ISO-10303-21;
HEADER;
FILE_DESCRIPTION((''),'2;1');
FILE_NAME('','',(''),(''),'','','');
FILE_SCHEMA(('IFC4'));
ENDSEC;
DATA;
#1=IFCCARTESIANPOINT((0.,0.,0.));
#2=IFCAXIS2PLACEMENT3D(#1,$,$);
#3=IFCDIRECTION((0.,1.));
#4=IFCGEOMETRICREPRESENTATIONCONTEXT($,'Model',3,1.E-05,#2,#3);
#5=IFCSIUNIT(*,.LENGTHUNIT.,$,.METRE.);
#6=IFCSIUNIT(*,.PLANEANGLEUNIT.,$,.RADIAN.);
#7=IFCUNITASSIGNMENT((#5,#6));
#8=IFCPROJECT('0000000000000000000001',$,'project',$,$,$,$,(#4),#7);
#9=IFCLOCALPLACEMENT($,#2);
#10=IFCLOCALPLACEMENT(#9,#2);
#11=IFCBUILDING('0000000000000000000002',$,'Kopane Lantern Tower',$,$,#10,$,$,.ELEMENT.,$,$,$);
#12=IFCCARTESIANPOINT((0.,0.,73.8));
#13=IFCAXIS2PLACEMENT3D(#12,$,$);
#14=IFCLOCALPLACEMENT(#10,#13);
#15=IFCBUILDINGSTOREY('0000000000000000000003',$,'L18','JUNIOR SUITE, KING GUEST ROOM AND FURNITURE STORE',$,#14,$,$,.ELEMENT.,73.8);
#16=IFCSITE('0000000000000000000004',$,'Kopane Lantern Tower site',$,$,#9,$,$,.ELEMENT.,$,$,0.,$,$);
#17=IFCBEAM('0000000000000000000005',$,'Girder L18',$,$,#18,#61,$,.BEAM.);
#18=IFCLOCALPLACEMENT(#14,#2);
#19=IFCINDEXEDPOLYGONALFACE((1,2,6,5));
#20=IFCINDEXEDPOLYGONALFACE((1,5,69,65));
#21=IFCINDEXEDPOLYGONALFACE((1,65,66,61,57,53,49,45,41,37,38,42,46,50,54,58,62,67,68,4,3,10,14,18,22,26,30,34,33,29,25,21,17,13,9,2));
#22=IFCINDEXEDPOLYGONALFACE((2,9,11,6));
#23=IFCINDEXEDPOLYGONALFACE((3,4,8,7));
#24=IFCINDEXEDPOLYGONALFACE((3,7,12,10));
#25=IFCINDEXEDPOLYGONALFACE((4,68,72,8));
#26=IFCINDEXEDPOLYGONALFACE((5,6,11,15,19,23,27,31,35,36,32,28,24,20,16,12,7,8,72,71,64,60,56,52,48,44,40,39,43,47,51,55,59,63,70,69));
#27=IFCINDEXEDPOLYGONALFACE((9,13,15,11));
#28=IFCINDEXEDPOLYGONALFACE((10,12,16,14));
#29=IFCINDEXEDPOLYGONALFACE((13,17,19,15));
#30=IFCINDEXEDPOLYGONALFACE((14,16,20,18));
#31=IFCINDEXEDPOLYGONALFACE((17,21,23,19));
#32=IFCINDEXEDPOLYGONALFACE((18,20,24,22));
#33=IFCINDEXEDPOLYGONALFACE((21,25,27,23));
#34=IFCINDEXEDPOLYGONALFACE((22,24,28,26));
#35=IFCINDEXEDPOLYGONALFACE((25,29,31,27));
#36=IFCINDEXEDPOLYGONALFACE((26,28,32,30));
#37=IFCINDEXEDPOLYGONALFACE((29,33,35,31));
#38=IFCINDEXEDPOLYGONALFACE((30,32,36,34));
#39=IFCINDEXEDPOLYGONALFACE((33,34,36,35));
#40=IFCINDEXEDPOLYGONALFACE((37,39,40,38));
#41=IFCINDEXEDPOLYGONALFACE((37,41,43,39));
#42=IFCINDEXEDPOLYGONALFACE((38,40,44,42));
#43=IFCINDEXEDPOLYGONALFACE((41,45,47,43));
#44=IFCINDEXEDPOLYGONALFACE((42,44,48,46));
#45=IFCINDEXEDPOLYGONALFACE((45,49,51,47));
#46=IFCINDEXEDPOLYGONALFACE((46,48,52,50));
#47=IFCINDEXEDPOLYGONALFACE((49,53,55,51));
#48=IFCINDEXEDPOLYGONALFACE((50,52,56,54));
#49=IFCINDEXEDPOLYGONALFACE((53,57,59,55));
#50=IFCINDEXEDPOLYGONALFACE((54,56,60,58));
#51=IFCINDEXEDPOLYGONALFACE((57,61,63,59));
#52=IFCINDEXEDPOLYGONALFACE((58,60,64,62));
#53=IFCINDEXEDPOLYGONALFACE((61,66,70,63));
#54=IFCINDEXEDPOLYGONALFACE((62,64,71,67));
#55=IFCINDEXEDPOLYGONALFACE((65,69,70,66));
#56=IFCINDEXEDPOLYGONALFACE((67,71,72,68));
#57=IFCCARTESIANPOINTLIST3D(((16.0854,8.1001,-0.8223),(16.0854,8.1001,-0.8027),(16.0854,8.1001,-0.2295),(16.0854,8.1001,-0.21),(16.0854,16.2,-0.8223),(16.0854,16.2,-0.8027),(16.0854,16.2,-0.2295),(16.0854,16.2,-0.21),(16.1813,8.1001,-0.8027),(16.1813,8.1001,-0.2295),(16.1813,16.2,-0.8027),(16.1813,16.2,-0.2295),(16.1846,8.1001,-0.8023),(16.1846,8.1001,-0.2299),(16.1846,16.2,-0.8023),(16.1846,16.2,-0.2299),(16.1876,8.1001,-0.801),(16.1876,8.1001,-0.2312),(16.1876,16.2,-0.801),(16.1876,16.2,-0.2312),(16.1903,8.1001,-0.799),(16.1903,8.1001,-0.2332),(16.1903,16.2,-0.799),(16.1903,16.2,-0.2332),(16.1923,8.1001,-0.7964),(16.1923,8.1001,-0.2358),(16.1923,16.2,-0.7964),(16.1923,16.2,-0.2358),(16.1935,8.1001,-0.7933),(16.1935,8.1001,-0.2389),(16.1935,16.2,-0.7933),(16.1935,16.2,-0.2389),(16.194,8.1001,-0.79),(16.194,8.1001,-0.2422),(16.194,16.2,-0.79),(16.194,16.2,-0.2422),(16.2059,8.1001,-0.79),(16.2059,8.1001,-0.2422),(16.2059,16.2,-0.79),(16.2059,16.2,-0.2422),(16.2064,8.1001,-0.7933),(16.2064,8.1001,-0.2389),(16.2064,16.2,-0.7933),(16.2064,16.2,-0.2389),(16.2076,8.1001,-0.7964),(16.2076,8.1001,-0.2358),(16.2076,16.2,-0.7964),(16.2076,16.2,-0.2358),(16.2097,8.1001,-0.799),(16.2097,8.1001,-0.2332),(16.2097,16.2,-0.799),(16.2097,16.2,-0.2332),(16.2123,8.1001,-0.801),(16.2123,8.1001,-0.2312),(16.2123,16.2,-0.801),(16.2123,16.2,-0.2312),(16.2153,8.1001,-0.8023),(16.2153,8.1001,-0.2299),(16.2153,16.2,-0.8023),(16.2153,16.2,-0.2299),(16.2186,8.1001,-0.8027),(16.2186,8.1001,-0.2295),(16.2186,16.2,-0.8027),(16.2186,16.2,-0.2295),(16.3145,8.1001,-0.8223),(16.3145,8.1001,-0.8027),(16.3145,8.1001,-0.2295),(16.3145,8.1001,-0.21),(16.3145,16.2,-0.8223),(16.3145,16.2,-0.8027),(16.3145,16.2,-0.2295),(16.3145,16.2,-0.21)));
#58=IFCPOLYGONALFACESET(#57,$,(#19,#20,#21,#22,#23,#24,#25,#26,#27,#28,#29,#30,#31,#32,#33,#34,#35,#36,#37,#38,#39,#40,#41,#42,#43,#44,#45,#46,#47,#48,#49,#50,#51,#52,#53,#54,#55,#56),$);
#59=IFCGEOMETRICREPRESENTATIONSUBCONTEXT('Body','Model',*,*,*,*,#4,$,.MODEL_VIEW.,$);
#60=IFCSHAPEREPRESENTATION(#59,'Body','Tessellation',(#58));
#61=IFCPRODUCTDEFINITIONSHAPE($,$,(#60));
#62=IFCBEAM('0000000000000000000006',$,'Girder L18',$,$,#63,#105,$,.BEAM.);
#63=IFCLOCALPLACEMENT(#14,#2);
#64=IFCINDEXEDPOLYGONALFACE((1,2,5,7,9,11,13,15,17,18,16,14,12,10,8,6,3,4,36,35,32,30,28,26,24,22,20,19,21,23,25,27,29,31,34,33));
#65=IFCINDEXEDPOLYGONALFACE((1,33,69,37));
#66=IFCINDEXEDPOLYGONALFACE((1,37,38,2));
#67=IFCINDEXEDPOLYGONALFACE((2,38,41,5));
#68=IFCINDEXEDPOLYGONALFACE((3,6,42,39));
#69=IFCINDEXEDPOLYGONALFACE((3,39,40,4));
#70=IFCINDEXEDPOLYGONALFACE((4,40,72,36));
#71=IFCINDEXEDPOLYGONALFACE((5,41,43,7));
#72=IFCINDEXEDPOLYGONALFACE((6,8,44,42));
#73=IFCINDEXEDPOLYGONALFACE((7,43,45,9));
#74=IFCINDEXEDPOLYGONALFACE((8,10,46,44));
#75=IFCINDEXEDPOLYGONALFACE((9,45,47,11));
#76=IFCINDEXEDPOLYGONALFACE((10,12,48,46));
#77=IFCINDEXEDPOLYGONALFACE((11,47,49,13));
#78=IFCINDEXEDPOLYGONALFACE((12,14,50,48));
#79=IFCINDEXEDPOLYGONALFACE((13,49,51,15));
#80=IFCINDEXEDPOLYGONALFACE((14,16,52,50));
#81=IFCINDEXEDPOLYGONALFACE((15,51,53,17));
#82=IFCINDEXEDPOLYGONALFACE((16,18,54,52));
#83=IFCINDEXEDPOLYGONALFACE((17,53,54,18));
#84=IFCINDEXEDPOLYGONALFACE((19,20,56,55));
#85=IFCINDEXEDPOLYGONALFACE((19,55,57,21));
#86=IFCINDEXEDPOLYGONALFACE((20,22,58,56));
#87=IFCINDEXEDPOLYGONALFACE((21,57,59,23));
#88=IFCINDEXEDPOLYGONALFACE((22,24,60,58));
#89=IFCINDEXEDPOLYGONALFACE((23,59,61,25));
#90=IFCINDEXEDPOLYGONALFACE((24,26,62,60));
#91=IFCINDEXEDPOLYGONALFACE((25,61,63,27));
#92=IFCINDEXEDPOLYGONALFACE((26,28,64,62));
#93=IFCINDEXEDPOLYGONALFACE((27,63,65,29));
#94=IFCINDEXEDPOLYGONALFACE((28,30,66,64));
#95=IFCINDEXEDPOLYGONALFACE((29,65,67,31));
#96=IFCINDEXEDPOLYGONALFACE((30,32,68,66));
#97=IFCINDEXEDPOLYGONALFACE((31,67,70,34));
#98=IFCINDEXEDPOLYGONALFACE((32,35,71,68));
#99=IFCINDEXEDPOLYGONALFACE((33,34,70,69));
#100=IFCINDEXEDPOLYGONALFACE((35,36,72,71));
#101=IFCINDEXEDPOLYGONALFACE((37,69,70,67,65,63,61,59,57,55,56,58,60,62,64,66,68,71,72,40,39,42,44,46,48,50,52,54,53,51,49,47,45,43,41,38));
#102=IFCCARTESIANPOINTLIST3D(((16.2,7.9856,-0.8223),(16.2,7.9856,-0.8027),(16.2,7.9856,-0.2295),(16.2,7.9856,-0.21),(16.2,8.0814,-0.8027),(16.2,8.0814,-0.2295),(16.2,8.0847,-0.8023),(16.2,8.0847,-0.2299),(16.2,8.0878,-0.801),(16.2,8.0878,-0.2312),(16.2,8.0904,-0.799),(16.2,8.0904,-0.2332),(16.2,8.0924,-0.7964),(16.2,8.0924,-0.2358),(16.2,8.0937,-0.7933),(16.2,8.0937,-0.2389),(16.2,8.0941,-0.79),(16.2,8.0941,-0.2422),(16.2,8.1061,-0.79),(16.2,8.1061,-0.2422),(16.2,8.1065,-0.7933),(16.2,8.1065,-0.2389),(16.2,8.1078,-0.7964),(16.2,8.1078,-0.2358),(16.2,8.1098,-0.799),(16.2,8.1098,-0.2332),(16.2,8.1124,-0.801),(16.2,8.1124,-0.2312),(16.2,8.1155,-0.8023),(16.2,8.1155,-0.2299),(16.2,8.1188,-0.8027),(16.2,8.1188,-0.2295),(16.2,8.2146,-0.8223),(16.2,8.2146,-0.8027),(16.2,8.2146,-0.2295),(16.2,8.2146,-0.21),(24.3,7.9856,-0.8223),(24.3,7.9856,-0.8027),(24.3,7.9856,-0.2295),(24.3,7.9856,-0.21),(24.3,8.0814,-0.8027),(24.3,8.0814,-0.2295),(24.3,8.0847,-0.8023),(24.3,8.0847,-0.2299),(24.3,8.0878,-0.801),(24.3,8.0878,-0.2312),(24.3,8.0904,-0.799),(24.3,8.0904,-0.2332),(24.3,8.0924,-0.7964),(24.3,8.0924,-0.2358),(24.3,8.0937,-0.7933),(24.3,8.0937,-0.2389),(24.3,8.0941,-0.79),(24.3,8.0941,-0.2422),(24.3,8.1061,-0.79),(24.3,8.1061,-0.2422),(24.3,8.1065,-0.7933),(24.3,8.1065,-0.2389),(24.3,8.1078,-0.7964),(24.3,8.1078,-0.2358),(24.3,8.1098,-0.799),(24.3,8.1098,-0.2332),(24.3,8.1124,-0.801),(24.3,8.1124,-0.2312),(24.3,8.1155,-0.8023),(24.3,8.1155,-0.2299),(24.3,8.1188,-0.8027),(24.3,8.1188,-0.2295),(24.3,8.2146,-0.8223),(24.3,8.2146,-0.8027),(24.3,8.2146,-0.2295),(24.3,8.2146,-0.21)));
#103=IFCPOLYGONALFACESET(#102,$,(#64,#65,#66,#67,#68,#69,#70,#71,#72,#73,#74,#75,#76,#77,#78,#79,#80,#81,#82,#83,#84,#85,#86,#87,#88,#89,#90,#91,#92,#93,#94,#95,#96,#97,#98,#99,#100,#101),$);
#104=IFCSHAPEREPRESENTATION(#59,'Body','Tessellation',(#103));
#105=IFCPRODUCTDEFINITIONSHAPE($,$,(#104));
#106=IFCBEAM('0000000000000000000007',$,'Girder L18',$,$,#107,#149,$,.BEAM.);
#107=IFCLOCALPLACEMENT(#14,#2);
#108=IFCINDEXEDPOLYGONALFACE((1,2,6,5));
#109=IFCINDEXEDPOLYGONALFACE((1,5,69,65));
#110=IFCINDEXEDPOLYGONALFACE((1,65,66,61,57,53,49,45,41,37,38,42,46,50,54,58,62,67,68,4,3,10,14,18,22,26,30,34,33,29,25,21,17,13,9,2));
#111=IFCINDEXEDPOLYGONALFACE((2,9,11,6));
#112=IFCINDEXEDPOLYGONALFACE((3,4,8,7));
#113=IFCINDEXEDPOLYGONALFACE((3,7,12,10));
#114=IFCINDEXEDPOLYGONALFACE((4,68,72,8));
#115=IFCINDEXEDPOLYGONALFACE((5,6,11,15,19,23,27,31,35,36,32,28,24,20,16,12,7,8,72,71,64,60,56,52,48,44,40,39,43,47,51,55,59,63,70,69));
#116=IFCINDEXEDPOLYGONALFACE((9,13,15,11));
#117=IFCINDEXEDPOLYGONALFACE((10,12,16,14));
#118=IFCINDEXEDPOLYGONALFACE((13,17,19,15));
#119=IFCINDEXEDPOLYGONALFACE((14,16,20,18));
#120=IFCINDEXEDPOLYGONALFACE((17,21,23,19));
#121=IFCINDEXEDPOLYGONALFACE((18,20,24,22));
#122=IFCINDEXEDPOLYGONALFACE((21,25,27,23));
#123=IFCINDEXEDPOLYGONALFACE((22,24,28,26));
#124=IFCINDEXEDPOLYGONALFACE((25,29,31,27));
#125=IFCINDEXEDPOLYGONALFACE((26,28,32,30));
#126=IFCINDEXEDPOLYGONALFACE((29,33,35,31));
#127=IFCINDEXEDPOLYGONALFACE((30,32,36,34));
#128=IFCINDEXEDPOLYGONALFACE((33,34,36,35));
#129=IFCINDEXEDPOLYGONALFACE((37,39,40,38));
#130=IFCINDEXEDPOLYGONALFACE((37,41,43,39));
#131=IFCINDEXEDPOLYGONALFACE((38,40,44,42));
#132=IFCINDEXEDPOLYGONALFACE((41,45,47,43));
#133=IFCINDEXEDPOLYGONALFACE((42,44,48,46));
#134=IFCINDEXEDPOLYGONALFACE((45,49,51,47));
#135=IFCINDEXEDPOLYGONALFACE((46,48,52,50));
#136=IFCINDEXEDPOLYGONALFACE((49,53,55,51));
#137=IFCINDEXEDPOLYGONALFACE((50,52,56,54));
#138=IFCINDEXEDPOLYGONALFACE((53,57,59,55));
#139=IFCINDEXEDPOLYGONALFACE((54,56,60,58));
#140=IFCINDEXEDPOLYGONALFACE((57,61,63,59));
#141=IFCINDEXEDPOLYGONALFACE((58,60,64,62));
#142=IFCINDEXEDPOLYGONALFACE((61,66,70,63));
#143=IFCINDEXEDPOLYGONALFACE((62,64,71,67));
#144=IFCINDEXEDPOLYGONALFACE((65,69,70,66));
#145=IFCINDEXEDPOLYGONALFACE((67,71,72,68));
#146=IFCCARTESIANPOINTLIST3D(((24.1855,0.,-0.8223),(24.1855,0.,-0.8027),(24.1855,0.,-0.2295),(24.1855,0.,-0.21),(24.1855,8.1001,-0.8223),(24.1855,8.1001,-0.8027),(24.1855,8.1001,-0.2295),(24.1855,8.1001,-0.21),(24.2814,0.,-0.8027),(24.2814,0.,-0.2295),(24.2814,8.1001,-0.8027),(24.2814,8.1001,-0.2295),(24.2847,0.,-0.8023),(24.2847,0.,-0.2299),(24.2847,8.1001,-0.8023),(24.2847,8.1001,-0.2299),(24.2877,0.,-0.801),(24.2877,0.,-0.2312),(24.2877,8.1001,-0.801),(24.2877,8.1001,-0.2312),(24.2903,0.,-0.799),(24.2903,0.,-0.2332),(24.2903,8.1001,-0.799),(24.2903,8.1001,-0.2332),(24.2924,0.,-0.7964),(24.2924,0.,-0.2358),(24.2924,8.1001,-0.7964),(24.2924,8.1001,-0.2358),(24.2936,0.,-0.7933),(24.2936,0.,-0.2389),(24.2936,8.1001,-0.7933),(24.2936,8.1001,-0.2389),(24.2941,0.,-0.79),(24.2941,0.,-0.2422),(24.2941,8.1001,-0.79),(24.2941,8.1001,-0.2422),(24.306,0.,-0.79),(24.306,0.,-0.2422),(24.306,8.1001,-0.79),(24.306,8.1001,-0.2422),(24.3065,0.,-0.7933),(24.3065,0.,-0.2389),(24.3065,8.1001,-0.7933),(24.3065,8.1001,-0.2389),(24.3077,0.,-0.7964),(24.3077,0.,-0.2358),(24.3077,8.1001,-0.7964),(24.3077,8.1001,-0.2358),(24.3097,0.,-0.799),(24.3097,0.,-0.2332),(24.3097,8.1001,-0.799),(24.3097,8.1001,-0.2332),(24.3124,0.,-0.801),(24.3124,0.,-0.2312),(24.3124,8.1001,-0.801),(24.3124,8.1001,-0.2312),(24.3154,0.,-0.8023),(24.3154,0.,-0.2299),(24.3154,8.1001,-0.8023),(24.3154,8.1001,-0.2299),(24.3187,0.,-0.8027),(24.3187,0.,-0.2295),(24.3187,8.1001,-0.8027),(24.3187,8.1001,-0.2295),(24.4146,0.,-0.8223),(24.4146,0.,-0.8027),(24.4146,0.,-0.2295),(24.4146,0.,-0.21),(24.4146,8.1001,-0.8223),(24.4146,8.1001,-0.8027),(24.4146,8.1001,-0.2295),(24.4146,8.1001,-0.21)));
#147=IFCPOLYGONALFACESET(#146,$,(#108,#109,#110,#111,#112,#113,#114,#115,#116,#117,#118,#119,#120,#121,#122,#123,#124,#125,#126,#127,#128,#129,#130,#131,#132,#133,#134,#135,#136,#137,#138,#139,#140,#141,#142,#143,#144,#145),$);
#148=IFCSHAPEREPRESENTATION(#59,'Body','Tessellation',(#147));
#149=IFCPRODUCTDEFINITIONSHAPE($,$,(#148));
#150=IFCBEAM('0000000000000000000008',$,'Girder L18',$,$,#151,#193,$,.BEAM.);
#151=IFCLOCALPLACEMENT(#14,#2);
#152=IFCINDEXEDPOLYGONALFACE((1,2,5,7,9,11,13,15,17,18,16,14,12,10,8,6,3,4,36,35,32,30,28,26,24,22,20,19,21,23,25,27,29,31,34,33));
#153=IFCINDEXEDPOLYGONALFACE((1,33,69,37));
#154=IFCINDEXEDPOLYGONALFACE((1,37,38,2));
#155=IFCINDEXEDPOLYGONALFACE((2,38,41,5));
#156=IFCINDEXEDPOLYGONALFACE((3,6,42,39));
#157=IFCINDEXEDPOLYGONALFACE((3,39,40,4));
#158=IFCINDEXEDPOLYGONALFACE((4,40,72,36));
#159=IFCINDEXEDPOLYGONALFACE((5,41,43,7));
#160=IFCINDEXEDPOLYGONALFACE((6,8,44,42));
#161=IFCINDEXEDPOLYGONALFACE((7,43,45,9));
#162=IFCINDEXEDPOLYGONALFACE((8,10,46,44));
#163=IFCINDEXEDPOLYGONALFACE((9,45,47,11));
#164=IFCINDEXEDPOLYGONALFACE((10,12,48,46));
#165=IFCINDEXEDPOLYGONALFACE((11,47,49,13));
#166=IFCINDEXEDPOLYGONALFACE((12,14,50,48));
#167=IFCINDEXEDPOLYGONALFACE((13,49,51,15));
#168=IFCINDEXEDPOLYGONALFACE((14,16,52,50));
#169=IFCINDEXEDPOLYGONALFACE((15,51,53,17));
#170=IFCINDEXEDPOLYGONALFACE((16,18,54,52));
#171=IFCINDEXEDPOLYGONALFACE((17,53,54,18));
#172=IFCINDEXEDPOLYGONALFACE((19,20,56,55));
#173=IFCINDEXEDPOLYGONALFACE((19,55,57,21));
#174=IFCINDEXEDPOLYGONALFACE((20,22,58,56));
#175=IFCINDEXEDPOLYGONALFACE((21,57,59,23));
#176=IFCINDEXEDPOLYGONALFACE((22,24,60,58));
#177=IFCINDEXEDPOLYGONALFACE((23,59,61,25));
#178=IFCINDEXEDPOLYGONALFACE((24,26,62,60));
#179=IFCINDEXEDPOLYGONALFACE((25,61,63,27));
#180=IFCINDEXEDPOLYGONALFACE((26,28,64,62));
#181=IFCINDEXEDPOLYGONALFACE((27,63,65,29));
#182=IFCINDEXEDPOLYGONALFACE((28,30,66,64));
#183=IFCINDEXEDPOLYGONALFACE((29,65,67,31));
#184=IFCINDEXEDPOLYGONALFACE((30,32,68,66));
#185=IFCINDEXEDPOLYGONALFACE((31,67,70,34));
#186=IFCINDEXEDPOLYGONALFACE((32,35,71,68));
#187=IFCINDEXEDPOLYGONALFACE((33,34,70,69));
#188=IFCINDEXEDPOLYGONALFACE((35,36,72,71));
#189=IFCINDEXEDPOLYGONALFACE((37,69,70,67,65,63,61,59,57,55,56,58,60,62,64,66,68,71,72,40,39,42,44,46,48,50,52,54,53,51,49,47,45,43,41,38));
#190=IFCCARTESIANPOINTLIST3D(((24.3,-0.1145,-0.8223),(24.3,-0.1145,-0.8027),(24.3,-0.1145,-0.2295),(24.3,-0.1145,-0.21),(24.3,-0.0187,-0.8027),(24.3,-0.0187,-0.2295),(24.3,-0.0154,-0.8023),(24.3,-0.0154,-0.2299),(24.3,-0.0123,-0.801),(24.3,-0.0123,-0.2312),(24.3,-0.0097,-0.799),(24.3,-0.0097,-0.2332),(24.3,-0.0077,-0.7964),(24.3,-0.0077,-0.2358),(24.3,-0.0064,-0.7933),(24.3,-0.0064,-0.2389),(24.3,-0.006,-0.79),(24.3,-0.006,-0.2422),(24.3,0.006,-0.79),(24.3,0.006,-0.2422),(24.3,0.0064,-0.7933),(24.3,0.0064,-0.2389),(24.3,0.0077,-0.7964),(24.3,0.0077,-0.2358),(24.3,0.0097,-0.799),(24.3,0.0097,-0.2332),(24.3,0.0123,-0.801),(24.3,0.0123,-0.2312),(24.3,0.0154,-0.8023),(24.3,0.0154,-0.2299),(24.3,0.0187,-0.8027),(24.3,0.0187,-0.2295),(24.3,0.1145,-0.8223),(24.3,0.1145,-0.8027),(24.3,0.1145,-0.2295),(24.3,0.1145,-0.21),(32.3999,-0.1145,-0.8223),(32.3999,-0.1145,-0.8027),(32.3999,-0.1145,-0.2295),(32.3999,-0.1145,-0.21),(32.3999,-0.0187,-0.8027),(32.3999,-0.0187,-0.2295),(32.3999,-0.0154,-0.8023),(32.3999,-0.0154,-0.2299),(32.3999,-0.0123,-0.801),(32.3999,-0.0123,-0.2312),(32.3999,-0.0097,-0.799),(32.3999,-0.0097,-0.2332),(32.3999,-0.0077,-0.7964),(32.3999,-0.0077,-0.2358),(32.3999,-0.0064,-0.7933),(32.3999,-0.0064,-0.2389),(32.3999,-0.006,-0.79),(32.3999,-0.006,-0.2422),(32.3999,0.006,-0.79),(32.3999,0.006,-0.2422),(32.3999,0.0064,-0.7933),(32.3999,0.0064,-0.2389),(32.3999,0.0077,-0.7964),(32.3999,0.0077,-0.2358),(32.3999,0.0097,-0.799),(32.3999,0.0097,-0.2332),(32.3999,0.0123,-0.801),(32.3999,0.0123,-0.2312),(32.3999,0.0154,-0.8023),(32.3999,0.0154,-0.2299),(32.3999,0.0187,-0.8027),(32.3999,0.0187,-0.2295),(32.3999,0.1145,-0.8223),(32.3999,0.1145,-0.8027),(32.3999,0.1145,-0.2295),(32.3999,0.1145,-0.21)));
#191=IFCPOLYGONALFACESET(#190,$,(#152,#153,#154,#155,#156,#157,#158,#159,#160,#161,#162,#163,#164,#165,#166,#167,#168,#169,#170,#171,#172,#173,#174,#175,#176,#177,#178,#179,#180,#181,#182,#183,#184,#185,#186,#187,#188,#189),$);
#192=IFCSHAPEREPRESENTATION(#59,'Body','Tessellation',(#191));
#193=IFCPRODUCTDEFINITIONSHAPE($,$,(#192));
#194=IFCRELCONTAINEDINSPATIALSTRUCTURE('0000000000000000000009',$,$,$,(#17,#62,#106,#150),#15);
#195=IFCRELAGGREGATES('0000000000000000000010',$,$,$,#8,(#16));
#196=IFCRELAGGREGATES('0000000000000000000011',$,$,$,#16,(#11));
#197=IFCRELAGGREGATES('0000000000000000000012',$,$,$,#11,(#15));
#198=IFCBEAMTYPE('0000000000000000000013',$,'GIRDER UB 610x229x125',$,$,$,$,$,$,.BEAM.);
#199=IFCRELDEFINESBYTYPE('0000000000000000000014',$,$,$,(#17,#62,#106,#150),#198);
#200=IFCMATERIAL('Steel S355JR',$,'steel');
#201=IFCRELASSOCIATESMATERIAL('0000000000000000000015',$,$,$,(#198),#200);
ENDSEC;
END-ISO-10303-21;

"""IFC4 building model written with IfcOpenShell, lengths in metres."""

from ifc_helpers import new_model, si_unit, direction, frame, origin, origin_2d, place, context, subcontext, project, spatial, i_section, extrude, material, material_profile, profile_set, type_object, element, save


model = new_model("IFC4")

# Units and contexts
model_context = context("Model", 3, precision=1e-05, world=origin(), true_north=direction((0.0, 1.0)))
body_context = subcontext(model_context, "Body", "Model", "MODEL_VIEW")
ifc_project = project(units=[si_unit("LENGTHUNIT", "METRE"), si_unit("PLANEANGLEUNIT", "RADIAN")], contexts=[model_context])

# Site, building, storey
site_placement = place(None, origin())
site = spatial("IfcSite", under=ifc_project, at=site_placement, Name="Kopane Lantern Tower site", CompositionType="ELEMENT", RefElevation=0.0)
building_placement = place(site_placement, origin())
building = spatial("IfcBuilding", under=site, at=building_placement, Name="Kopane Lantern Tower", CompositionType="ELEMENT")
storey_placement = place(building_placement, frame((0.0, 0.0, 73.8)))
storey = spatial("IfcBuildingStorey", under=building, at=storey_placement, Name="L18", Description="JUNIOR SUITE, KING GUEST ROOM AND FURNITURE STORE", CompositionType="ELEMENT", Elevation=73.8)

# Beams
ifc_material_1 = material(Name="Steel S355JR", Category="steel")
ifc_material_profile_1 = material_profile(ifc_material_1, i_section(OverallWidth=0.229, OverallDepth=0.6123, WebThickness=0.012, FlangeThickness=0.0195, FilletRadius=0.0127, at=origin_2d()), Name="UB 610x229x125")
ifc_profile_set_1 = profile_set([ifc_material_profile_1], Name="Steel S355JR")
beam_type = type_object("IfcBeamType", Name="GIRDER UB 610x229x125", PredefinedType="BEAM", material=ifc_profile_set_1)
beam_1_placement = place(storey_placement, frame((16.2, 8.1001, -0.5161), z_axis=(0.0, 1.0, 0.0), x_axis=(-1.0, 0.0, 0.0)))
element("IfcBeam", 1, at=beam_1_placement, inside=storey, type_object=beam_type, Name="Girder L18", PredefinedType="BEAM", context=body_context, shape_type="SweptSolid", body=[
    extrude(i_section(OverallWidth=0.229, OverallDepth=0.6123, WebThickness=0.012, FlangeThickness=0.0195, FilletRadius=0.0127, at=origin_2d()), origin(), (0.0, 0.0, 1.0), 8.0999),
])
for number, where, z_axis, x_axis, name in (
    (2, (16.2, 8.1001, -0.5161), (1.0, 0.0, 0.0), (0.0, 1.0, 0.0), "Girder L18"),
    (3, (24.3, 0.0, -0.5161), (0.0, 1.0, 0.0), (-1.0, 0.0, 0.0), "Girder L18"),
):
    element("IfcBeam", number, at=place(storey_placement, frame(where, z_axis=z_axis, x_axis=x_axis)), inside=storey, type_object=beam_type, Name=name, PredefinedType="BEAM", context=body_context, shape_type="SweptSolid", body=[
        extrude(i_section(OverallWidth=0.229, OverallDepth=0.6123, WebThickness=0.012, FlangeThickness=0.0195, FilletRadius=0.0127, at=origin_2d()), origin(), (0.0, 0.0, 1.0), 8.1001),
    ])
beam_2_placement = place(storey_placement, frame((24.3, 0.0, -0.5161), z_axis=(1.0, 0.0, 0.0), x_axis=(0.0, 1.0, 0.0)))
element("IfcBeam", 4, at=beam_2_placement, inside=storey, type_object=beam_type, Name="Girder L18", PredefinedType="BEAM", context=body_context, shape_type="SweptSolid", body=[
    extrude(i_section(OverallWidth=0.229, OverallDepth=0.6123, WebThickness=0.012, FlangeThickness=0.0195, FilletRadius=0.0127, at=origin_2d()), origin(), (0.0, 0.0, 1.0), 8.0999),
])

save(model, "model.ifc")
